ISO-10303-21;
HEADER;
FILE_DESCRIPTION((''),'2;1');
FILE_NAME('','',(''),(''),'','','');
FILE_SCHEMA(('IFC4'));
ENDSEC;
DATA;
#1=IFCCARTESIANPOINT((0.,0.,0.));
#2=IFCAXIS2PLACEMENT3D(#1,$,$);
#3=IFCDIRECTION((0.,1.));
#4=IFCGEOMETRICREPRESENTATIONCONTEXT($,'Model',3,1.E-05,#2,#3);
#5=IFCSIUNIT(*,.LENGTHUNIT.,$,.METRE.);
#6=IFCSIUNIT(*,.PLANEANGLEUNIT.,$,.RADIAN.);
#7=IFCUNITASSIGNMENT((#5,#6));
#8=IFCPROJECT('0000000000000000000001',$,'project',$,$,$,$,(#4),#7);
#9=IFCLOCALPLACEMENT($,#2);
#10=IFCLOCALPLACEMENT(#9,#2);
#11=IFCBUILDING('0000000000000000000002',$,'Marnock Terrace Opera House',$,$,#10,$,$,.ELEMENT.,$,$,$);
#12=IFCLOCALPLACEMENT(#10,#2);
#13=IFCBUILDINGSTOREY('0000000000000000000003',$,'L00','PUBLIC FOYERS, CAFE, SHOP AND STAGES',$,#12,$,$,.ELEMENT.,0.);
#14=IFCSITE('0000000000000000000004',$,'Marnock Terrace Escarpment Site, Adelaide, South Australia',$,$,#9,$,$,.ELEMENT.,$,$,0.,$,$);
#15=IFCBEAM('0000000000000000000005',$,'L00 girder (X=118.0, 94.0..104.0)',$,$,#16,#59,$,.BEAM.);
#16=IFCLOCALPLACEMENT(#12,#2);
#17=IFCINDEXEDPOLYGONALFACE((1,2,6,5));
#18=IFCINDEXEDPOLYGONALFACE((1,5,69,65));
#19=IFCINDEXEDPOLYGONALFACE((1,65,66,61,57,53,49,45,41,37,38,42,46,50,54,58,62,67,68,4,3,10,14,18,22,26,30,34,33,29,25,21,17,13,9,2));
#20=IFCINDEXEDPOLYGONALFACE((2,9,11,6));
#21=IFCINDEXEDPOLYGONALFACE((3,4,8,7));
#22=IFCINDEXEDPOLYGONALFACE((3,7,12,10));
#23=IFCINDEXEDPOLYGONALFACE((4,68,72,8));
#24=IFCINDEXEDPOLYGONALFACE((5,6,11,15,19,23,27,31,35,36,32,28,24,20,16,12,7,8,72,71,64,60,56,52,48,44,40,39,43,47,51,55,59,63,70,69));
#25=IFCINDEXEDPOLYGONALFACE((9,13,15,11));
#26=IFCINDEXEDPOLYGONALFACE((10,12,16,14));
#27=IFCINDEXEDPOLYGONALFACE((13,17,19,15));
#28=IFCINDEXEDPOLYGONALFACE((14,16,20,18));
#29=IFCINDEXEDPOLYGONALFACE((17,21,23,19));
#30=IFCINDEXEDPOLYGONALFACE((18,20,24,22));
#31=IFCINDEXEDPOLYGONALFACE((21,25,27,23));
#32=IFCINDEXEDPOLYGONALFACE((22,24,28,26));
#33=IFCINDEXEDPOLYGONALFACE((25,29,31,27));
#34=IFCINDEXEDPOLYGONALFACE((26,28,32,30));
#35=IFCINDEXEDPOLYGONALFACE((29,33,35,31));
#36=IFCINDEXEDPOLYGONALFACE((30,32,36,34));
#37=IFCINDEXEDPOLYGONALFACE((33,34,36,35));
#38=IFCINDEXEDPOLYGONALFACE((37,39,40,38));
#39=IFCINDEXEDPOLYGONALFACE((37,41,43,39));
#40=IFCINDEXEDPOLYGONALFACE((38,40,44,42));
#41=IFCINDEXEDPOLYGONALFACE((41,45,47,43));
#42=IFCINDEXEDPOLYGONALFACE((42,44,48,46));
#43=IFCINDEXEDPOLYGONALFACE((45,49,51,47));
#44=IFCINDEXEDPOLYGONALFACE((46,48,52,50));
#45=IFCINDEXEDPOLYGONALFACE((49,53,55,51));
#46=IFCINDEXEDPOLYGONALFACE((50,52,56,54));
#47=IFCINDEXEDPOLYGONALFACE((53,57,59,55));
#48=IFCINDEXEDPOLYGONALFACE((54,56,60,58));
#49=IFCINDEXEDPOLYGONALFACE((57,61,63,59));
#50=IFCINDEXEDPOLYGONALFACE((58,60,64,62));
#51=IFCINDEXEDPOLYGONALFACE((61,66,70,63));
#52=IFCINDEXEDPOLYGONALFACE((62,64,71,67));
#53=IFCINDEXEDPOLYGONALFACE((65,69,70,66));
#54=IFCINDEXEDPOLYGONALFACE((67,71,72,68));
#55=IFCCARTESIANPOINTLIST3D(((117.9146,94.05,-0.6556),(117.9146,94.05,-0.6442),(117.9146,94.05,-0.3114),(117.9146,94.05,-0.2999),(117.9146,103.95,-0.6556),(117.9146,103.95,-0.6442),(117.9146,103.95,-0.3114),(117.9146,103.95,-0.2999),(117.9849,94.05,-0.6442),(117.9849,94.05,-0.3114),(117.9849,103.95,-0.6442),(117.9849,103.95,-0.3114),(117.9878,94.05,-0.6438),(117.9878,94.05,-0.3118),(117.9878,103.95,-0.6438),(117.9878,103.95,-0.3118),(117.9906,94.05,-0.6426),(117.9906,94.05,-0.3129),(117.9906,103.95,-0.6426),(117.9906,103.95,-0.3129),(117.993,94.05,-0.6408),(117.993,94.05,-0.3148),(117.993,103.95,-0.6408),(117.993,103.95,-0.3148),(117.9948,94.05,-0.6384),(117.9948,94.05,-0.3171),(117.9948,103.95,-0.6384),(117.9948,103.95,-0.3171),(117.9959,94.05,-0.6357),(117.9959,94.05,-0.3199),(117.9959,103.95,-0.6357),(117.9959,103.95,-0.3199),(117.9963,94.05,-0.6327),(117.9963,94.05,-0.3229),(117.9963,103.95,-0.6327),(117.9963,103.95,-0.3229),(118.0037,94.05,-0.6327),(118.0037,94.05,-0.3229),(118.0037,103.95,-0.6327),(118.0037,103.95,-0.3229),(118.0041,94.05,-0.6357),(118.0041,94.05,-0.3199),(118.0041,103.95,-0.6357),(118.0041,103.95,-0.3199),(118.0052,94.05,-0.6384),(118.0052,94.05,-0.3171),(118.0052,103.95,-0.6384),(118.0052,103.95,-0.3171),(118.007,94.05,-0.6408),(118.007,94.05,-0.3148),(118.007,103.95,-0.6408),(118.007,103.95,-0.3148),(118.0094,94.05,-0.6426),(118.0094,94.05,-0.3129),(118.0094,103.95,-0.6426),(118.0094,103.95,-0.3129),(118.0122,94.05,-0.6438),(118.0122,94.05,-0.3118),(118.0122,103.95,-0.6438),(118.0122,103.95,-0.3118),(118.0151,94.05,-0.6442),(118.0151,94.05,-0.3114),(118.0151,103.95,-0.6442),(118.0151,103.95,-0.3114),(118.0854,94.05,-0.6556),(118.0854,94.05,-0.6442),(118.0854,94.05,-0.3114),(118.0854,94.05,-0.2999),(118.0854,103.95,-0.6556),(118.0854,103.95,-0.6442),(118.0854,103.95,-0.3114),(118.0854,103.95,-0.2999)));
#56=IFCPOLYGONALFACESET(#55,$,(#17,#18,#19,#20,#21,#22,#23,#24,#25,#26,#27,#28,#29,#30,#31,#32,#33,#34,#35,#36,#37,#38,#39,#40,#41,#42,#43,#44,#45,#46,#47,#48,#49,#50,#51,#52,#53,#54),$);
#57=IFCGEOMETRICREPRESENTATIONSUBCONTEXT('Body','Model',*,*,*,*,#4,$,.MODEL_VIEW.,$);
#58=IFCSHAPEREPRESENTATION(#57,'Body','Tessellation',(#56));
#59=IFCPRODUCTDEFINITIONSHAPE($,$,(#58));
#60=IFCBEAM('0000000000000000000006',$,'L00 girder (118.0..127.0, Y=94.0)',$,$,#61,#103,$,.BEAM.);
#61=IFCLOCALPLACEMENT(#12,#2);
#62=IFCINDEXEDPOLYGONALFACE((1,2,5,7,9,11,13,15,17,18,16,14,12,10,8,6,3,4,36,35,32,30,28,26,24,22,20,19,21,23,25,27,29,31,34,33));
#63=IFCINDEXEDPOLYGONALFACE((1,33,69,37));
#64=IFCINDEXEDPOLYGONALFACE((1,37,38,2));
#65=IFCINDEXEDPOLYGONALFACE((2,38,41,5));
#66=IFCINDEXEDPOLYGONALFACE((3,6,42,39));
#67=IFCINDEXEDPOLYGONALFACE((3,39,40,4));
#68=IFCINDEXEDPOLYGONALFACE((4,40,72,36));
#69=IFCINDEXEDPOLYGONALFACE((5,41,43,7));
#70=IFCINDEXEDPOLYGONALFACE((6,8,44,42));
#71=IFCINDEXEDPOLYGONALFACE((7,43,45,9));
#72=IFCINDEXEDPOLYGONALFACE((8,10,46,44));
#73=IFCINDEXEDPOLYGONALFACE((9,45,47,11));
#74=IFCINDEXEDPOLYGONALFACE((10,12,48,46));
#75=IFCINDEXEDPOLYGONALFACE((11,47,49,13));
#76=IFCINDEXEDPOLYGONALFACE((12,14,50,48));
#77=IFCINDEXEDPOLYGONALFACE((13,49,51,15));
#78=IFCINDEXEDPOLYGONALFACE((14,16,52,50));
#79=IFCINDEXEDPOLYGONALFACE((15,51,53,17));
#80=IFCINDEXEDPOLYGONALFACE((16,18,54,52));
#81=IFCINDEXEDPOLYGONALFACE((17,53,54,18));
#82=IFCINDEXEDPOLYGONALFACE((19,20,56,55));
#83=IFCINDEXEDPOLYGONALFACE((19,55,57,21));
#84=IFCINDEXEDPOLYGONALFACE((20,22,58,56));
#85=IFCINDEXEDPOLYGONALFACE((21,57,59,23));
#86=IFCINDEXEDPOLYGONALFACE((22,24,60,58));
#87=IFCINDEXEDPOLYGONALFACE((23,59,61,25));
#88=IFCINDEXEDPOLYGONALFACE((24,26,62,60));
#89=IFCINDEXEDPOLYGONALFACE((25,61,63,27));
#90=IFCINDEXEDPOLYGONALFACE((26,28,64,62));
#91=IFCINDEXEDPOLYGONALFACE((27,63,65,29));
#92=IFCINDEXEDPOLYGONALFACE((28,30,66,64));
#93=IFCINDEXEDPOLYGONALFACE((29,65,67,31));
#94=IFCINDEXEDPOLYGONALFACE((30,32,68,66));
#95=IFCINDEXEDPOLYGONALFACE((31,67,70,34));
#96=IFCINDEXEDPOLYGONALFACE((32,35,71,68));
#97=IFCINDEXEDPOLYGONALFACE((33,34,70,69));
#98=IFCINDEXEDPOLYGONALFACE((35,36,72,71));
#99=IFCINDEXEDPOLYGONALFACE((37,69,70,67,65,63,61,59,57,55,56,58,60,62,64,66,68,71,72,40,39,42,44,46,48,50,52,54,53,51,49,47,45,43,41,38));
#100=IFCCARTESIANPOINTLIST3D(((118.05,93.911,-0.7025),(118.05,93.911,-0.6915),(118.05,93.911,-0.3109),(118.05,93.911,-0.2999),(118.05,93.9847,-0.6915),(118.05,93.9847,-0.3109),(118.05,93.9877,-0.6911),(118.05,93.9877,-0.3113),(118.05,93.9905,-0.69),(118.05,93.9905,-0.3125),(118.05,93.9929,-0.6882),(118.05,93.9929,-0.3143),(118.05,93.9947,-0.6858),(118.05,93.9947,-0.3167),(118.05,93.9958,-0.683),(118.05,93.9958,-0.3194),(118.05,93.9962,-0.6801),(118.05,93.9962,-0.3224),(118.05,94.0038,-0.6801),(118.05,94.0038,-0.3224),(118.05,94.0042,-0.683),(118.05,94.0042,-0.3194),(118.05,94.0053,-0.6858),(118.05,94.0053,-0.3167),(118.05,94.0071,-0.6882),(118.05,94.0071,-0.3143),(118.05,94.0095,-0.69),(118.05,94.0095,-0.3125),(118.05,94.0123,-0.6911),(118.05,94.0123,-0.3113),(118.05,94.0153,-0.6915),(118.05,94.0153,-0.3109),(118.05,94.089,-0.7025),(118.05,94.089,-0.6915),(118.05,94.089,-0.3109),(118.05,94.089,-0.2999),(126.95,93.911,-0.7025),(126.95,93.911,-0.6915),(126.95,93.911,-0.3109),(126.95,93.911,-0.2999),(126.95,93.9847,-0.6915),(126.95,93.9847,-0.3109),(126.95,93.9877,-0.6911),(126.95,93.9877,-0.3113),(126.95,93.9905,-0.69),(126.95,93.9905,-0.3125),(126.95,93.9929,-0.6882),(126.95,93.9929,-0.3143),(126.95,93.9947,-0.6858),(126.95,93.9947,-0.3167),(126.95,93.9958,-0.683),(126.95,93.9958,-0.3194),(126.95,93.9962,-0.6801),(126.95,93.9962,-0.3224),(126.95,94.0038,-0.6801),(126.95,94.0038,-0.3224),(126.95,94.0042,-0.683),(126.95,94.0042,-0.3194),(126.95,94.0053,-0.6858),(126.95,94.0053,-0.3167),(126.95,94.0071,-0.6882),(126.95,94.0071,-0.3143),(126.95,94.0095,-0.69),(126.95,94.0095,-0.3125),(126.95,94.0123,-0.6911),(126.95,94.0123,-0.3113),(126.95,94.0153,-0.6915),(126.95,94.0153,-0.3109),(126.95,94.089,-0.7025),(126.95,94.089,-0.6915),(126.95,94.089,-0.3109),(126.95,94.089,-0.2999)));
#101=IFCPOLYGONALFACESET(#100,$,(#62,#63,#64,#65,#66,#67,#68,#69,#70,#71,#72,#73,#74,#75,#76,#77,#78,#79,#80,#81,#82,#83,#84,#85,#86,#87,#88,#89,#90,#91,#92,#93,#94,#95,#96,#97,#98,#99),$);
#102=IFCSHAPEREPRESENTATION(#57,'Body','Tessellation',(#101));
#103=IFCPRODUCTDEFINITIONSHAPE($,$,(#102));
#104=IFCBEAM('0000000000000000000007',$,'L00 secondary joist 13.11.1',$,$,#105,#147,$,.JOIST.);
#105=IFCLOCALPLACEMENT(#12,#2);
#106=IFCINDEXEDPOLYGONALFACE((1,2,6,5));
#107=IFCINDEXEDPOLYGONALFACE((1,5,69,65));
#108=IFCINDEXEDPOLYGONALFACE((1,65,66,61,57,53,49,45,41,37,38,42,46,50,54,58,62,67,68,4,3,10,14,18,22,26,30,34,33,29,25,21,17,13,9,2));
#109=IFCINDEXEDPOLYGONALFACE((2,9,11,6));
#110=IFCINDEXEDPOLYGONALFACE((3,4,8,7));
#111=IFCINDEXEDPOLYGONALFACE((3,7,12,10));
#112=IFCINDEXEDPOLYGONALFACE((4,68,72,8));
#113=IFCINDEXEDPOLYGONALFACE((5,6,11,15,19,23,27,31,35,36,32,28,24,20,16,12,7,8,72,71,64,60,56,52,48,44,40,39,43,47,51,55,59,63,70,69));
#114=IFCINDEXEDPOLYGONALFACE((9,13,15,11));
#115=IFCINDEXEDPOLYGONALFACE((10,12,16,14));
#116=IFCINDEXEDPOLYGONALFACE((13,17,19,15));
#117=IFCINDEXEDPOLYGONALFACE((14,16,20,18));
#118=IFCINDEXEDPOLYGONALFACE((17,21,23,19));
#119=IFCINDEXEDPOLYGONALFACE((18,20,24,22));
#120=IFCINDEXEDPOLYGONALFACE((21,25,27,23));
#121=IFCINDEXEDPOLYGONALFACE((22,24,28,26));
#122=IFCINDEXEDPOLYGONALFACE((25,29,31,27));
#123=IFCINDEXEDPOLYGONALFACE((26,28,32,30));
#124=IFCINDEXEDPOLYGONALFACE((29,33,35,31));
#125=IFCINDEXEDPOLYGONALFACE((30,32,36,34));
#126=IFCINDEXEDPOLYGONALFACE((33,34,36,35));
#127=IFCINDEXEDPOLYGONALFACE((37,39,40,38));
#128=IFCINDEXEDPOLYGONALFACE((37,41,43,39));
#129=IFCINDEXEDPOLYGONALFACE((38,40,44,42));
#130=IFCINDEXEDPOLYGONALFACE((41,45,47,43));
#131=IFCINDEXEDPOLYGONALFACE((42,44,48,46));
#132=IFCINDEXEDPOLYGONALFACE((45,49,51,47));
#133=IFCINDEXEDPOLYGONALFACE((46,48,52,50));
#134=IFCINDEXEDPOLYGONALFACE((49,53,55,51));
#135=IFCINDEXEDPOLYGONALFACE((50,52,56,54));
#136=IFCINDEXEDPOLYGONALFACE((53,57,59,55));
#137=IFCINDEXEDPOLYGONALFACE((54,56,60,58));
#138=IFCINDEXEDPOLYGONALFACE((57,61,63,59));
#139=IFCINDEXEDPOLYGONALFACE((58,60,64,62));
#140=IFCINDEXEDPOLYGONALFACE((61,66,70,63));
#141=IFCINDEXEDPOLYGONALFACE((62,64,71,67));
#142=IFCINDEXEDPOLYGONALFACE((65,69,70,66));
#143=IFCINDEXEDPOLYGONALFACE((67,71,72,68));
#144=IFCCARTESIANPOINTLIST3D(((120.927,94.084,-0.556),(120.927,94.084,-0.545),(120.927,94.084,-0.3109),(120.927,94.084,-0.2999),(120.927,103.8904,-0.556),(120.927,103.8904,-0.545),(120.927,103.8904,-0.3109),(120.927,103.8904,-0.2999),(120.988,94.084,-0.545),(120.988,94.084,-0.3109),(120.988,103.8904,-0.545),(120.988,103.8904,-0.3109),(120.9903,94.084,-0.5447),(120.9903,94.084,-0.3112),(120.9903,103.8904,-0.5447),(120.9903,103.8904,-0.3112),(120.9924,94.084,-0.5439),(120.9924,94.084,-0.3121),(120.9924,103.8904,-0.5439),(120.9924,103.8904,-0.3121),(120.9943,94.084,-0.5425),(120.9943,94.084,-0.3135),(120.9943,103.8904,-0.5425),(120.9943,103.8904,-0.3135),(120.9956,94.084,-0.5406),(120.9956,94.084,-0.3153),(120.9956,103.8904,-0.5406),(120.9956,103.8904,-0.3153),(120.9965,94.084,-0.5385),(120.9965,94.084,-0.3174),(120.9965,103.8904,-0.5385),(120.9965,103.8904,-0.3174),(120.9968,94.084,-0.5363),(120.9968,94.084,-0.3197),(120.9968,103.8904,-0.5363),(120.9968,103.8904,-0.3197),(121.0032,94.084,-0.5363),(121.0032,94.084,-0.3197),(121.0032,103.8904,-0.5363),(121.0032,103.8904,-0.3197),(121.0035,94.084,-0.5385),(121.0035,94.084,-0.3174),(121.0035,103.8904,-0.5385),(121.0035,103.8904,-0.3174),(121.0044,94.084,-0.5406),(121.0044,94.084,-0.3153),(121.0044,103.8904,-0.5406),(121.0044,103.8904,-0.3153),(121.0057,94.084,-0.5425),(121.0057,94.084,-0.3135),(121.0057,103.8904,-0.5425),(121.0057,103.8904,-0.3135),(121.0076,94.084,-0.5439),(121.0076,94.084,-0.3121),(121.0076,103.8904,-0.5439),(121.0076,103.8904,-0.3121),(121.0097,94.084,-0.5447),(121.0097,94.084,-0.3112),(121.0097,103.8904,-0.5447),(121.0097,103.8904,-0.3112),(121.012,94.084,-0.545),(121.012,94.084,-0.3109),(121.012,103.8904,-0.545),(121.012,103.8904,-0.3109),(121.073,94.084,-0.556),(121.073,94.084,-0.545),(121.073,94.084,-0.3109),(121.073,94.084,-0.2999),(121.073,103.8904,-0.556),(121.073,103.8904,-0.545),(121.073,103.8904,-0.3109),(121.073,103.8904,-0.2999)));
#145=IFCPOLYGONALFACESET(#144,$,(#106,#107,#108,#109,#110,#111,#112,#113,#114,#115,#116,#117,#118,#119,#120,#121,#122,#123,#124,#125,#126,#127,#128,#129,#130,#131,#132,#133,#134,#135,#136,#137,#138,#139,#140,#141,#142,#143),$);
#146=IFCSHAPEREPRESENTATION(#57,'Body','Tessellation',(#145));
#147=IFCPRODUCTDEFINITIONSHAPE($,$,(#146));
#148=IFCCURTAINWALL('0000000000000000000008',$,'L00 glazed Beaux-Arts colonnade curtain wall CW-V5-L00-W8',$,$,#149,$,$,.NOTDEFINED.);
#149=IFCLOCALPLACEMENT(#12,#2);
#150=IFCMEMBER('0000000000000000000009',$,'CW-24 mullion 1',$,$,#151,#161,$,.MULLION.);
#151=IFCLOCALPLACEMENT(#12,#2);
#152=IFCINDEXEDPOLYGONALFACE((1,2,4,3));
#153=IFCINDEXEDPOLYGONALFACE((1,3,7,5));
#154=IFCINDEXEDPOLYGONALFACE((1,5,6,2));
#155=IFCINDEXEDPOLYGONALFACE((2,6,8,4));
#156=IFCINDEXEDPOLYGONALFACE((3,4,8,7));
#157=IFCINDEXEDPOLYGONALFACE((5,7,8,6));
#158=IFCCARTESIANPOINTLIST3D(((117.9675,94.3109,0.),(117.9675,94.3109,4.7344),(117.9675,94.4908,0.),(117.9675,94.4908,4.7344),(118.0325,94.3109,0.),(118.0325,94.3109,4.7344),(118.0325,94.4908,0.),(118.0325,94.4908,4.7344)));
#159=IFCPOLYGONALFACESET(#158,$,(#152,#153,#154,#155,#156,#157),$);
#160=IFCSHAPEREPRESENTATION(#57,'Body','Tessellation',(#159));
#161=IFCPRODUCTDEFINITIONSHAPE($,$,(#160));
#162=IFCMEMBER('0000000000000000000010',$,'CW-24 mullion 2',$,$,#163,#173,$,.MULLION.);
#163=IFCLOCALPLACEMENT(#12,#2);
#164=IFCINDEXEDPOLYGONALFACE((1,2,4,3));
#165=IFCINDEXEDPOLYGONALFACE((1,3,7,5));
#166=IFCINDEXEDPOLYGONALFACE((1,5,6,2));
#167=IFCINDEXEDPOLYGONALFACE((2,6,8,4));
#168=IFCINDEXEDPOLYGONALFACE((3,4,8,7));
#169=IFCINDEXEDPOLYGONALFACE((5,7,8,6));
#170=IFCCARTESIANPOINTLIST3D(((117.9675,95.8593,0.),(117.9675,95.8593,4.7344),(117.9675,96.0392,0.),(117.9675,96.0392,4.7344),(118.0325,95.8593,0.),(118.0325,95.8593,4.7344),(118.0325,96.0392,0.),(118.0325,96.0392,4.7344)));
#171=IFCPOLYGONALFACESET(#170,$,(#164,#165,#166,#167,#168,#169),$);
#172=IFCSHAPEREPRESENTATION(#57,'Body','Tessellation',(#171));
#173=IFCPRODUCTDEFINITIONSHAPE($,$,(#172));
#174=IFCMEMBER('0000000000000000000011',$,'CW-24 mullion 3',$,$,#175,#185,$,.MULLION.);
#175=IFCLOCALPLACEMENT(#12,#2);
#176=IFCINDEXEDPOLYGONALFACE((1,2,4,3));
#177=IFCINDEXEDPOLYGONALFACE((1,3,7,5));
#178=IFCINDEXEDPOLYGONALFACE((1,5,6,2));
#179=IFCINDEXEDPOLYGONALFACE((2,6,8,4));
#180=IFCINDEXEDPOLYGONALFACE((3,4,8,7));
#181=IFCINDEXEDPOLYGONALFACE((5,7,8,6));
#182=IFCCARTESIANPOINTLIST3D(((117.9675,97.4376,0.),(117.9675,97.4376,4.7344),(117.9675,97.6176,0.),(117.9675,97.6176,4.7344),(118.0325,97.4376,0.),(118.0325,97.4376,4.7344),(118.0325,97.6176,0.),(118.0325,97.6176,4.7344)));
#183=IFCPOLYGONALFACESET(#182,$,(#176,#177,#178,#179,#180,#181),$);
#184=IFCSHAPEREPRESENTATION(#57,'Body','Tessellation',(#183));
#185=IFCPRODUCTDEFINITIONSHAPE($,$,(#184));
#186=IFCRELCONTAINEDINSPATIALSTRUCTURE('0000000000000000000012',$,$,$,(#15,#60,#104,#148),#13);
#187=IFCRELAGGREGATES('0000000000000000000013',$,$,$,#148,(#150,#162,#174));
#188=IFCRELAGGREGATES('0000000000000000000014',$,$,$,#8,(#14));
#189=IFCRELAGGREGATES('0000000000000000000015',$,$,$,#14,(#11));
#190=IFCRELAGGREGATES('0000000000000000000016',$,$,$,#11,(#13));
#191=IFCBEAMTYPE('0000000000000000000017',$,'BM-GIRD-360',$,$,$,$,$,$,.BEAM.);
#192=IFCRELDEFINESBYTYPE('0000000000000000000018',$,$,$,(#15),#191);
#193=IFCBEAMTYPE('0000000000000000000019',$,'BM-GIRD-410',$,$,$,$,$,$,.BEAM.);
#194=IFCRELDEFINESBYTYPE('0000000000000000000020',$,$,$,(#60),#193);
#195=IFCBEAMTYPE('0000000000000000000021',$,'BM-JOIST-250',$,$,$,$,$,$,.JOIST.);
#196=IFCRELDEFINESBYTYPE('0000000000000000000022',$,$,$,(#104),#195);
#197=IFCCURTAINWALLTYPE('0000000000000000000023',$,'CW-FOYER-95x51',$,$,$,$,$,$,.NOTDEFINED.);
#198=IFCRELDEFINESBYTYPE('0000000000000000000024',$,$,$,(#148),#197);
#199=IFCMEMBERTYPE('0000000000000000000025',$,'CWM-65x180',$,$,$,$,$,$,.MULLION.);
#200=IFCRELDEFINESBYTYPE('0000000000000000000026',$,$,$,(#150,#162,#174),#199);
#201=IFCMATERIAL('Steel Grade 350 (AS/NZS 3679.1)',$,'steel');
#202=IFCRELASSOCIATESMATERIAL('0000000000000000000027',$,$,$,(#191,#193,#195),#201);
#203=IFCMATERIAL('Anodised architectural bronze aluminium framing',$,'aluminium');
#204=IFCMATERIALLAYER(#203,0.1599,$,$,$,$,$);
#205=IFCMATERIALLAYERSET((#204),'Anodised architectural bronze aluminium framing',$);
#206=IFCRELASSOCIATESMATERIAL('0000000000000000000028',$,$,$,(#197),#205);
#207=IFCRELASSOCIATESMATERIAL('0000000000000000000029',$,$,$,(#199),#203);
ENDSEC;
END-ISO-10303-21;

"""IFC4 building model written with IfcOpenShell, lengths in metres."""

from ifc_helpers import new_model, si_unit, direction, frame, origin, origin_2d, place, context, subcontext, project, spatial, rectangle, i_section, extrude, material, layer, layer_set, material_profile, profile_set, type_object, element, aggregate, save


model = new_model("IFC4")

# Units and contexts
model_context = context("Model", 3, precision=1e-05, world=origin(), true_north=direction((0.0, 1.0)))
body_context = subcontext(model_context, "Body", "Model", "MODEL_VIEW")
ifc_project = project(units=[si_unit("LENGTHUNIT", "METRE"), si_unit("PLANEANGLEUNIT", "RADIAN")], contexts=[model_context])

# Site, building, storey
site_placement = place(None, origin())
site = spatial("IfcSite", under=ifc_project, at=site_placement, Name="Marnock Terrace Escarpment Site, Adelaide, South Australia", CompositionType="ELEMENT", RefElevation=0.0)
building_placement = place(site_placement, origin())
building = spatial("IfcBuilding", under=site, at=building_placement, Name="Marnock Terrace Opera House", CompositionType="ELEMENT")
storey_placement = place(building_placement, origin())
storey = spatial("IfcBuildingStorey", under=building, at=storey_placement, Name="L00", Description="PUBLIC FOYERS, CAFE, SHOP AND STAGES", CompositionType="ELEMENT", Elevation=0.0)

# Beams
ifc_material_1 = material(Name="Steel Grade 350 (AS/NZS 3679.1)", Category="steel")
ifc_material_profile_1 = material_profile(ifc_material_1, i_section(OverallWidth=0.1709, OverallDepth=0.3557, WebThickness=0.0073, FlangeThickness=0.0115, FilletRadius=0.0115, at=origin_2d()))
ifc_profile_set_1 = profile_set([ifc_material_profile_1], Name="Steel Grade 350 (AS/NZS 3679.1)")
beam_type_1 = type_object("IfcBeamType", Name="BM-GIRD-360", PredefinedType="BEAM", material=ifc_profile_set_1)
beam_1_placement = place(storey_placement, frame((118.0, 94.05, -0.4778), z_axis=(0.0, 1.0, 0.0), x_axis=(-1.0, 0.0, 0.0)))
element("IfcBeam", 1, at=beam_1_placement, inside=storey, type_object=beam_type_1, Name="L00 girder (X=118.0, 94.0..104.0)", PredefinedType="BEAM", context=body_context, shape_type="SweptSolid", body=[
    extrude(i_section(OverallWidth=0.1709, OverallDepth=0.3557, WebThickness=0.0073, FlangeThickness=0.0115, FilletRadius=0.0115, at=origin_2d()), origin(), (0.0, 0.0, 1.0), 9.8999),
])
ifc_material_profile_2 = material_profile(ifc_material_1, i_section(OverallWidth=0.178, OverallDepth=0.4026, WebThickness=0.0076, FlangeThickness=0.011, FilletRadius=0.0115, at=origin_2d()))
ifc_profile_set_2 = profile_set([ifc_material_profile_2], Name="Steel Grade 350 (AS/NZS 3679.1)")
beam_type_2 = type_object("IfcBeamType", Name="BM-GIRD-410", PredefinedType="BEAM", material=ifc_profile_set_2)
beam_2_placement = place(storey_placement, frame((118.05, 94.0, -0.5012), z_axis=(1.0, 0.0, 0.0), x_axis=(0.0, 1.0, 0.0)))
element("IfcBeam", 2, at=beam_2_placement, inside=storey, type_object=beam_type_2, Name="L00 girder (118.0..127.0, Y=94.0)", PredefinedType="BEAM", context=body_context, shape_type="SweptSolid", body=[
    extrude(i_section(OverallWidth=0.178, OverallDepth=0.4026, WebThickness=0.0076, FlangeThickness=0.011, FilletRadius=0.0115, at=origin_2d()), origin(), (0.0, 0.0, 1.0), 8.8999),
])
ifc_material_profile_3 = material_profile(ifc_material_1, i_section(OverallWidth=0.146, OverallDepth=0.2561, WebThickness=0.0063, FlangeThickness=0.011, FilletRadius=0.0088, at=origin_2d()))
ifc_profile_set_3 = profile_set([ifc_material_profile_3], Name="Steel Grade 350 (AS/NZS 3679.1)")
beam_type_3 = type_object("IfcBeamType", Name="BM-JOIST-250", PredefinedType="JOIST", material=ifc_profile_set_3)
beam_3_placement = place(storey_placement, frame((121.0, 94.084, -0.428), z_axis=(0.0, 1.0, 0.0), x_axis=(-1.0, 0.0, 0.0)))
element("IfcBeam", 3, at=beam_3_placement, inside=storey, type_object=beam_type_3, Name="L00 secondary joist 13.11.1", PredefinedType="JOIST", context=body_context, shape_type="SweptSolid", body=[
    extrude(i_section(OverallWidth=0.146, OverallDepth=0.2561, WebThickness=0.0063, FlangeThickness=0.011, FilletRadius=0.0088, at=origin_2d()), origin(), (0.0, 0.0, 1.0), 9.8064),
])

# Curtain wall, members
ifc_material_2 = material(Name="Anodised architectural bronze aluminium framing", Category="aluminium")
ifc_layer_1 = layer(ifc_material_2, 0.1599)
ifc_layer_set_1 = layer_set([ifc_layer_1], Name="Anodised architectural bronze aluminium framing")
curtain_wall_type = type_object("IfcCurtainWallType", Name="CW-FOYER-95x51", PredefinedType="NOTDEFINED", material=ifc_layer_set_1)
curtain_wall_placement = place(storey_placement, origin())
curtain_wall = element("IfcCurtainWall", 4, at=curtain_wall_placement, inside=storey, type_object=curtain_wall_type, Name="L00 glazed Beaux-Arts colonnade curtain wall CW-V5-L00-W8", PredefinedType="NOTDEFINED")
ifc_material_profile_4 = material_profile(ifc_material_2, rectangle(XDim=0.0649, YDim=0.1799, at=origin_2d()))
ifc_profile_set_4 = profile_set([ifc_material_profile_4], Name="Anodised architectural bronze aluminium framing")
member_type_1 = type_object("IfcMemberType", Name="CWM-65x180", PredefinedType="MULLION", material=ifc_profile_set_4)
member_1_placement = place(storey_placement, frame((118.0, 94.4009, 0.0), z_axis=(0.0, 0.0, 1.0), x_axis=(-1.0, 0.0, 0.0)))
member_1 = element("IfcMember", 5, at=member_1_placement, type_object=member_type_1, Name="CW-24 mullion 1", PredefinedType="MULLION", context=body_context, shape_type="SweptSolid", body=[
    extrude(rectangle(XDim=0.0649, YDim=0.1799, at=origin_2d()), origin(), (0.0, 0.0, 1.0), 4.7344),
])
member_2_placement = place(storey_placement, frame((118.0, 95.9492, 0.0), z_axis=(0.0, 0.0, 1.0), x_axis=(-1.0, 0.0, 0.0)))
member_2 = element("IfcMember", 6, at=member_2_placement, type_object=member_type_1, Name="CW-24 mullion 2", PredefinedType="MULLION", context=body_context, shape_type="SweptSolid", body=[
    extrude(rectangle(XDim=0.0649, YDim=0.1799, at=origin_2d()), origin(), (0.0, 0.0, 1.0), 4.7344),
])
member_3_placement = place(storey_placement, frame((118.0, 97.5276, 0.0), z_axis=(0.0, 0.0, 1.0), x_axis=(-1.0, 0.0, 0.0)))
member_3 = element("IfcMember", 7, at=member_3_placement, type_object=member_type_1, Name="CW-24 mullion 3", PredefinedType="MULLION", context=body_context, shape_type="SweptSolid", body=[
    extrude(rectangle(XDim=0.0649, YDim=0.1799, at=origin_2d()), origin(), (0.0, 0.0, 1.0), 4.7344),
])
aggregate(curtain_wall, [member_1, member_2, member_3])

save(model, "model.ifc")
